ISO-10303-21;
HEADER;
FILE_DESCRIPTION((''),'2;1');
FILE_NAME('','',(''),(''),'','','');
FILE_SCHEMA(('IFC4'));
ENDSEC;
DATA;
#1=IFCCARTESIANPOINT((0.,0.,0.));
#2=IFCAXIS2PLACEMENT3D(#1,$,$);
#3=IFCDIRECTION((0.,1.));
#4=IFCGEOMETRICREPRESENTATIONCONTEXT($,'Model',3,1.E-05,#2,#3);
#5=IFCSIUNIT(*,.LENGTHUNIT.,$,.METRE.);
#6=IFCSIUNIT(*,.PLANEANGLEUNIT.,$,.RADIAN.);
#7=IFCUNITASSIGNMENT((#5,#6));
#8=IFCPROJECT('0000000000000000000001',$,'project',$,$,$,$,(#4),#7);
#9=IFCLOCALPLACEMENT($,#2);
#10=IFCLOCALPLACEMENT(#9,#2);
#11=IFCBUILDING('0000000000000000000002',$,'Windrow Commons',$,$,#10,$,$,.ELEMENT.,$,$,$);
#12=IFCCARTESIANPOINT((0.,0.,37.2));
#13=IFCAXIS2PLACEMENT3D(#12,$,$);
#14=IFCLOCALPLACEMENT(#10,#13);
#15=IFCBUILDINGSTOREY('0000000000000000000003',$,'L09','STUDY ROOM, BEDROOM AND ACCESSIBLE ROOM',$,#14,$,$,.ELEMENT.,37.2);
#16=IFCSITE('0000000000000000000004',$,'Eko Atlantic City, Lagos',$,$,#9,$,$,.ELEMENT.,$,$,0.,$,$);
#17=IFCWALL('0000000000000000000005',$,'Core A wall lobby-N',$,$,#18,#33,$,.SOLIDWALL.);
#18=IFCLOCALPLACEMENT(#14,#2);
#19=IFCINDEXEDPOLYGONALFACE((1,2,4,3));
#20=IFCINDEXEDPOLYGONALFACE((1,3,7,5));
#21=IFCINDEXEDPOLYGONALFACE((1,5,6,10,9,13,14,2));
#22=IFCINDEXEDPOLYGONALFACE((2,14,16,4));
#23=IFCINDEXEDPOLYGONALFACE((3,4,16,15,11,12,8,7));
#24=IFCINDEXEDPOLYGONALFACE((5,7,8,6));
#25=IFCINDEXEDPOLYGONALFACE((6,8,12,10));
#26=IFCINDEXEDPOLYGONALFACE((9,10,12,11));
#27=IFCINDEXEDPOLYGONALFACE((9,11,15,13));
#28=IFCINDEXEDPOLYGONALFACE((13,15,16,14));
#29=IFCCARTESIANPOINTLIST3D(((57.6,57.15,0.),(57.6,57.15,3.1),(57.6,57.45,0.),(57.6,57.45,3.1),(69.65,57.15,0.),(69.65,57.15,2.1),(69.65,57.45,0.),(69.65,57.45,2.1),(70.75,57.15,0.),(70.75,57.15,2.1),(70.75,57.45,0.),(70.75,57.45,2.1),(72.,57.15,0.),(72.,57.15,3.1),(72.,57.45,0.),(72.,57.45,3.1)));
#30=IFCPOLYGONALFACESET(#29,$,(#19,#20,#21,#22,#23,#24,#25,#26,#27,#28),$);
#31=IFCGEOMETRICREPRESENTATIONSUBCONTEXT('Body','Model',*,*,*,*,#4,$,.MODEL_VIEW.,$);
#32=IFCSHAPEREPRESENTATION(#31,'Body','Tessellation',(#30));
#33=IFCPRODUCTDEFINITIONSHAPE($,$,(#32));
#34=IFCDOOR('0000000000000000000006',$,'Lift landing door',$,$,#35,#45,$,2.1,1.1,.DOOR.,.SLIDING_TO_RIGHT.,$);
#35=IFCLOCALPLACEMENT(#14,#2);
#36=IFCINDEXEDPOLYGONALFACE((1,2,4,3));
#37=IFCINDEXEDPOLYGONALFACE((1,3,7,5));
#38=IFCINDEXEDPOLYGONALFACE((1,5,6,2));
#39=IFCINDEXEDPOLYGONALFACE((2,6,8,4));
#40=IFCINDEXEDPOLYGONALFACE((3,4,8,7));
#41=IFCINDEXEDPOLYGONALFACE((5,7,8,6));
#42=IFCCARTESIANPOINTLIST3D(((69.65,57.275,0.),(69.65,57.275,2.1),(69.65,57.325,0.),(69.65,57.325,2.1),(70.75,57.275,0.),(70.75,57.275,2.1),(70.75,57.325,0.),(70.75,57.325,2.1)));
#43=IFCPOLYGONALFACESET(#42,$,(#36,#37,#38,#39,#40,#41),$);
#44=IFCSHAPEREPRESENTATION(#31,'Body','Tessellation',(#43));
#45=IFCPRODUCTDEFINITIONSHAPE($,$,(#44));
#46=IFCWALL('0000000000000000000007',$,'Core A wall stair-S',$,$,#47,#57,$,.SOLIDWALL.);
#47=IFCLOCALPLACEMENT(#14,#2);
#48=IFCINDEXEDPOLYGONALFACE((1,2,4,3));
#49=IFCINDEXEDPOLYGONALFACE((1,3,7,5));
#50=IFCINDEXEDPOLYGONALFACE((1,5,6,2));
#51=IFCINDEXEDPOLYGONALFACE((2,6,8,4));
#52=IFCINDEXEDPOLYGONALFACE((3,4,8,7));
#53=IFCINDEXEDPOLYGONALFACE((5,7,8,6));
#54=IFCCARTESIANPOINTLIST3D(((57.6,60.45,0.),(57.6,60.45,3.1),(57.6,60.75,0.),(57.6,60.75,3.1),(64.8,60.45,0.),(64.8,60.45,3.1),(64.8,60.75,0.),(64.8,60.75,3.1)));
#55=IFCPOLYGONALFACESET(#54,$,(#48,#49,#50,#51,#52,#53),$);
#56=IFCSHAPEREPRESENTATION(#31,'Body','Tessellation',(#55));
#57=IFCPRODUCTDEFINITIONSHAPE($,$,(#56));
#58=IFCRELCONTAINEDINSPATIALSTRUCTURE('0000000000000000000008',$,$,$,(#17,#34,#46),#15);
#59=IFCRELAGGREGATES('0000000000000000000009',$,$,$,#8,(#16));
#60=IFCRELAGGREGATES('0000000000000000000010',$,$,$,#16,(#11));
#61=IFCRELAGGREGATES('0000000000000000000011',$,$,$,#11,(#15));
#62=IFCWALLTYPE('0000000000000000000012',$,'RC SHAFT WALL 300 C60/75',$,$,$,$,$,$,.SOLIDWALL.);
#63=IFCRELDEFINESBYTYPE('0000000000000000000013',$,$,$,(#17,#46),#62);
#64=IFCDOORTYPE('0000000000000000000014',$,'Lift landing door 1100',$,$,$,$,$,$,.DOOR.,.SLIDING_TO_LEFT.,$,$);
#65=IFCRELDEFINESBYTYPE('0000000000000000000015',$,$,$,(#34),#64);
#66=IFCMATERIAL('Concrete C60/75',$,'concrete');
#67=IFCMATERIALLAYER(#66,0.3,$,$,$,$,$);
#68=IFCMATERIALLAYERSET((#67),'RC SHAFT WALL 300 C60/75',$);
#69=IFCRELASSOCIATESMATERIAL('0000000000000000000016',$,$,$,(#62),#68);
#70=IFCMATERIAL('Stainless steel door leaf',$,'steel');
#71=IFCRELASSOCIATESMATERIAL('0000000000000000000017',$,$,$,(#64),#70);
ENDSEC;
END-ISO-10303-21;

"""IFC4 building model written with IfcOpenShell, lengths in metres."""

from ifc_helpers import new_model, si_unit, direction, frame, frame_2d, origin, place, context, subcontext, project, spatial, rectangle, extrude, material, layer, layer_set, type_object, element, fill, save


model = new_model("IFC4")

# Units and contexts
model_context = context("Model", 3, precision=1e-05, world=origin(), true_north=direction((0.0, 1.0)))
body_context = subcontext(model_context, "Body", "Model", "MODEL_VIEW")
ifc_project = project(units=[si_unit("LENGTHUNIT", "METRE"), si_unit("PLANEANGLEUNIT", "RADIAN")], contexts=[model_context])

# Site, building, storey
site_placement = place(None, origin())
site = spatial("IfcSite", under=ifc_project, at=site_placement, Name="Eko Atlantic City, Lagos", CompositionType="ELEMENT", RefElevation=0.0)
building_placement = place(site_placement, origin())
building = spatial("IfcBuilding", under=site, at=building_placement, Name="Windrow Commons", CompositionType="ELEMENT")
storey_placement = place(building_placement, frame((0.0, 0.0, 37.2)))
storey = spatial("IfcBuildingStorey", under=building, at=storey_placement, Name="L09", Description="STUDY ROOM, BEDROOM AND ACCESSIBLE ROOM", CompositionType="ELEMENT", Elevation=37.2)

# Shared definitions
ifc_material_1 = material(Name="Concrete C60/75", Category="concrete")
ifc_layer_1 = layer(ifc_material_1, 0.3)
ifc_layer_set_1 = layer_set([ifc_layer_1], Name="RC SHAFT WALL 300 C60/75")
wall_type_1 = type_object("IfcWallType", Name="RC SHAFT WALL 300 C60/75", PredefinedType="SOLIDWALL", material=ifc_layer_set_1)

# Shared definitions
ifc_material_2 = material(Name="Stainless steel door leaf", Category="steel")
door_type_1 = type_object("IfcDoorType", Name="Lift landing door 1100", OperationType="SLIDING_TO_LEFT", PredefinedType="DOOR", material=ifc_material_2)

# Wall, opening, door
wall_1_placement = place(storey_placement, frame((57.6, 57.3, 0.0), z_axis=(0.0, 0.0, 1.0), x_axis=(1.0, 0.0, 0.0)))
wall_1 = element("IfcWall", 1, at=wall_1_placement, inside=storey, type_object=wall_type_1, Name="Core A wall lobby-N", PredefinedType="SOLIDWALL", context=body_context, shape_type="SweptSolid", body=[
    extrude(rectangle(XDim=14.4, YDim=0.3, at=frame_2d((7.2, 0.0))), origin(), (0.0, 0.0, 1.0), 3.1),
])
opening_1_placement = place(wall_1_placement, frame((12.05, 0.0, 0.0)))
opening_1 = element("IfcOpeningElement", 2, at=opening_1_placement, cuts=wall_1, PredefinedType="OPENING", context=body_context, shape_type="SweptSolid", body=[
    extrude(rectangle(XDim=1.1, YDim=2.1, at=frame_2d((0.55, 1.05))), frame((0.0, 0.16, 0.0), z_axis=(0.0, -1.0, 0.0), x_axis=(1.0, 0.0, 0.0)), (0.0, 0.0, 1.0), 0.32),
])
door_1_placement = place(opening_1_placement, origin())
door_1 = element("IfcDoor", 3, at=door_1_placement, inside=storey, type_object=door_type_1, Name="Lift landing door", OperationType="SLIDING_TO_RIGHT", OverallHeight=2.1, OverallWidth=1.1, PredefinedType="DOOR", context=body_context, shape_type="SweptSolid", body=[
    extrude(rectangle(XDim=1.1, YDim=2.1, at=frame_2d((0.55, 1.05))), frame((0.0, 0.025, 0.0), z_axis=(0.0, -1.0, 0.0), x_axis=(1.0, 0.0, 0.0)), (0.0, 0.0, 1.0), 0.05),
])
fill(opening_1, door_1)

# Wall
wall_2_placement = place(storey_placement, frame((57.6, 60.6, 0.0), z_axis=(0.0, 0.0, 1.0), x_axis=(1.0, 0.0, 0.0)))
element("IfcWall", 4, at=wall_2_placement, inside=storey, type_object=wall_type_1, Name="Core A wall stair-S", PredefinedType="SOLIDWALL", context=body_context, shape_type="SweptSolid", body=[
    extrude(rectangle(XDim=7.2, YDim=0.3, at=frame_2d((3.6, 0.0))), origin(), (0.0, 0.0, 1.0), 3.1),
])

save(model, "model.ifc")
